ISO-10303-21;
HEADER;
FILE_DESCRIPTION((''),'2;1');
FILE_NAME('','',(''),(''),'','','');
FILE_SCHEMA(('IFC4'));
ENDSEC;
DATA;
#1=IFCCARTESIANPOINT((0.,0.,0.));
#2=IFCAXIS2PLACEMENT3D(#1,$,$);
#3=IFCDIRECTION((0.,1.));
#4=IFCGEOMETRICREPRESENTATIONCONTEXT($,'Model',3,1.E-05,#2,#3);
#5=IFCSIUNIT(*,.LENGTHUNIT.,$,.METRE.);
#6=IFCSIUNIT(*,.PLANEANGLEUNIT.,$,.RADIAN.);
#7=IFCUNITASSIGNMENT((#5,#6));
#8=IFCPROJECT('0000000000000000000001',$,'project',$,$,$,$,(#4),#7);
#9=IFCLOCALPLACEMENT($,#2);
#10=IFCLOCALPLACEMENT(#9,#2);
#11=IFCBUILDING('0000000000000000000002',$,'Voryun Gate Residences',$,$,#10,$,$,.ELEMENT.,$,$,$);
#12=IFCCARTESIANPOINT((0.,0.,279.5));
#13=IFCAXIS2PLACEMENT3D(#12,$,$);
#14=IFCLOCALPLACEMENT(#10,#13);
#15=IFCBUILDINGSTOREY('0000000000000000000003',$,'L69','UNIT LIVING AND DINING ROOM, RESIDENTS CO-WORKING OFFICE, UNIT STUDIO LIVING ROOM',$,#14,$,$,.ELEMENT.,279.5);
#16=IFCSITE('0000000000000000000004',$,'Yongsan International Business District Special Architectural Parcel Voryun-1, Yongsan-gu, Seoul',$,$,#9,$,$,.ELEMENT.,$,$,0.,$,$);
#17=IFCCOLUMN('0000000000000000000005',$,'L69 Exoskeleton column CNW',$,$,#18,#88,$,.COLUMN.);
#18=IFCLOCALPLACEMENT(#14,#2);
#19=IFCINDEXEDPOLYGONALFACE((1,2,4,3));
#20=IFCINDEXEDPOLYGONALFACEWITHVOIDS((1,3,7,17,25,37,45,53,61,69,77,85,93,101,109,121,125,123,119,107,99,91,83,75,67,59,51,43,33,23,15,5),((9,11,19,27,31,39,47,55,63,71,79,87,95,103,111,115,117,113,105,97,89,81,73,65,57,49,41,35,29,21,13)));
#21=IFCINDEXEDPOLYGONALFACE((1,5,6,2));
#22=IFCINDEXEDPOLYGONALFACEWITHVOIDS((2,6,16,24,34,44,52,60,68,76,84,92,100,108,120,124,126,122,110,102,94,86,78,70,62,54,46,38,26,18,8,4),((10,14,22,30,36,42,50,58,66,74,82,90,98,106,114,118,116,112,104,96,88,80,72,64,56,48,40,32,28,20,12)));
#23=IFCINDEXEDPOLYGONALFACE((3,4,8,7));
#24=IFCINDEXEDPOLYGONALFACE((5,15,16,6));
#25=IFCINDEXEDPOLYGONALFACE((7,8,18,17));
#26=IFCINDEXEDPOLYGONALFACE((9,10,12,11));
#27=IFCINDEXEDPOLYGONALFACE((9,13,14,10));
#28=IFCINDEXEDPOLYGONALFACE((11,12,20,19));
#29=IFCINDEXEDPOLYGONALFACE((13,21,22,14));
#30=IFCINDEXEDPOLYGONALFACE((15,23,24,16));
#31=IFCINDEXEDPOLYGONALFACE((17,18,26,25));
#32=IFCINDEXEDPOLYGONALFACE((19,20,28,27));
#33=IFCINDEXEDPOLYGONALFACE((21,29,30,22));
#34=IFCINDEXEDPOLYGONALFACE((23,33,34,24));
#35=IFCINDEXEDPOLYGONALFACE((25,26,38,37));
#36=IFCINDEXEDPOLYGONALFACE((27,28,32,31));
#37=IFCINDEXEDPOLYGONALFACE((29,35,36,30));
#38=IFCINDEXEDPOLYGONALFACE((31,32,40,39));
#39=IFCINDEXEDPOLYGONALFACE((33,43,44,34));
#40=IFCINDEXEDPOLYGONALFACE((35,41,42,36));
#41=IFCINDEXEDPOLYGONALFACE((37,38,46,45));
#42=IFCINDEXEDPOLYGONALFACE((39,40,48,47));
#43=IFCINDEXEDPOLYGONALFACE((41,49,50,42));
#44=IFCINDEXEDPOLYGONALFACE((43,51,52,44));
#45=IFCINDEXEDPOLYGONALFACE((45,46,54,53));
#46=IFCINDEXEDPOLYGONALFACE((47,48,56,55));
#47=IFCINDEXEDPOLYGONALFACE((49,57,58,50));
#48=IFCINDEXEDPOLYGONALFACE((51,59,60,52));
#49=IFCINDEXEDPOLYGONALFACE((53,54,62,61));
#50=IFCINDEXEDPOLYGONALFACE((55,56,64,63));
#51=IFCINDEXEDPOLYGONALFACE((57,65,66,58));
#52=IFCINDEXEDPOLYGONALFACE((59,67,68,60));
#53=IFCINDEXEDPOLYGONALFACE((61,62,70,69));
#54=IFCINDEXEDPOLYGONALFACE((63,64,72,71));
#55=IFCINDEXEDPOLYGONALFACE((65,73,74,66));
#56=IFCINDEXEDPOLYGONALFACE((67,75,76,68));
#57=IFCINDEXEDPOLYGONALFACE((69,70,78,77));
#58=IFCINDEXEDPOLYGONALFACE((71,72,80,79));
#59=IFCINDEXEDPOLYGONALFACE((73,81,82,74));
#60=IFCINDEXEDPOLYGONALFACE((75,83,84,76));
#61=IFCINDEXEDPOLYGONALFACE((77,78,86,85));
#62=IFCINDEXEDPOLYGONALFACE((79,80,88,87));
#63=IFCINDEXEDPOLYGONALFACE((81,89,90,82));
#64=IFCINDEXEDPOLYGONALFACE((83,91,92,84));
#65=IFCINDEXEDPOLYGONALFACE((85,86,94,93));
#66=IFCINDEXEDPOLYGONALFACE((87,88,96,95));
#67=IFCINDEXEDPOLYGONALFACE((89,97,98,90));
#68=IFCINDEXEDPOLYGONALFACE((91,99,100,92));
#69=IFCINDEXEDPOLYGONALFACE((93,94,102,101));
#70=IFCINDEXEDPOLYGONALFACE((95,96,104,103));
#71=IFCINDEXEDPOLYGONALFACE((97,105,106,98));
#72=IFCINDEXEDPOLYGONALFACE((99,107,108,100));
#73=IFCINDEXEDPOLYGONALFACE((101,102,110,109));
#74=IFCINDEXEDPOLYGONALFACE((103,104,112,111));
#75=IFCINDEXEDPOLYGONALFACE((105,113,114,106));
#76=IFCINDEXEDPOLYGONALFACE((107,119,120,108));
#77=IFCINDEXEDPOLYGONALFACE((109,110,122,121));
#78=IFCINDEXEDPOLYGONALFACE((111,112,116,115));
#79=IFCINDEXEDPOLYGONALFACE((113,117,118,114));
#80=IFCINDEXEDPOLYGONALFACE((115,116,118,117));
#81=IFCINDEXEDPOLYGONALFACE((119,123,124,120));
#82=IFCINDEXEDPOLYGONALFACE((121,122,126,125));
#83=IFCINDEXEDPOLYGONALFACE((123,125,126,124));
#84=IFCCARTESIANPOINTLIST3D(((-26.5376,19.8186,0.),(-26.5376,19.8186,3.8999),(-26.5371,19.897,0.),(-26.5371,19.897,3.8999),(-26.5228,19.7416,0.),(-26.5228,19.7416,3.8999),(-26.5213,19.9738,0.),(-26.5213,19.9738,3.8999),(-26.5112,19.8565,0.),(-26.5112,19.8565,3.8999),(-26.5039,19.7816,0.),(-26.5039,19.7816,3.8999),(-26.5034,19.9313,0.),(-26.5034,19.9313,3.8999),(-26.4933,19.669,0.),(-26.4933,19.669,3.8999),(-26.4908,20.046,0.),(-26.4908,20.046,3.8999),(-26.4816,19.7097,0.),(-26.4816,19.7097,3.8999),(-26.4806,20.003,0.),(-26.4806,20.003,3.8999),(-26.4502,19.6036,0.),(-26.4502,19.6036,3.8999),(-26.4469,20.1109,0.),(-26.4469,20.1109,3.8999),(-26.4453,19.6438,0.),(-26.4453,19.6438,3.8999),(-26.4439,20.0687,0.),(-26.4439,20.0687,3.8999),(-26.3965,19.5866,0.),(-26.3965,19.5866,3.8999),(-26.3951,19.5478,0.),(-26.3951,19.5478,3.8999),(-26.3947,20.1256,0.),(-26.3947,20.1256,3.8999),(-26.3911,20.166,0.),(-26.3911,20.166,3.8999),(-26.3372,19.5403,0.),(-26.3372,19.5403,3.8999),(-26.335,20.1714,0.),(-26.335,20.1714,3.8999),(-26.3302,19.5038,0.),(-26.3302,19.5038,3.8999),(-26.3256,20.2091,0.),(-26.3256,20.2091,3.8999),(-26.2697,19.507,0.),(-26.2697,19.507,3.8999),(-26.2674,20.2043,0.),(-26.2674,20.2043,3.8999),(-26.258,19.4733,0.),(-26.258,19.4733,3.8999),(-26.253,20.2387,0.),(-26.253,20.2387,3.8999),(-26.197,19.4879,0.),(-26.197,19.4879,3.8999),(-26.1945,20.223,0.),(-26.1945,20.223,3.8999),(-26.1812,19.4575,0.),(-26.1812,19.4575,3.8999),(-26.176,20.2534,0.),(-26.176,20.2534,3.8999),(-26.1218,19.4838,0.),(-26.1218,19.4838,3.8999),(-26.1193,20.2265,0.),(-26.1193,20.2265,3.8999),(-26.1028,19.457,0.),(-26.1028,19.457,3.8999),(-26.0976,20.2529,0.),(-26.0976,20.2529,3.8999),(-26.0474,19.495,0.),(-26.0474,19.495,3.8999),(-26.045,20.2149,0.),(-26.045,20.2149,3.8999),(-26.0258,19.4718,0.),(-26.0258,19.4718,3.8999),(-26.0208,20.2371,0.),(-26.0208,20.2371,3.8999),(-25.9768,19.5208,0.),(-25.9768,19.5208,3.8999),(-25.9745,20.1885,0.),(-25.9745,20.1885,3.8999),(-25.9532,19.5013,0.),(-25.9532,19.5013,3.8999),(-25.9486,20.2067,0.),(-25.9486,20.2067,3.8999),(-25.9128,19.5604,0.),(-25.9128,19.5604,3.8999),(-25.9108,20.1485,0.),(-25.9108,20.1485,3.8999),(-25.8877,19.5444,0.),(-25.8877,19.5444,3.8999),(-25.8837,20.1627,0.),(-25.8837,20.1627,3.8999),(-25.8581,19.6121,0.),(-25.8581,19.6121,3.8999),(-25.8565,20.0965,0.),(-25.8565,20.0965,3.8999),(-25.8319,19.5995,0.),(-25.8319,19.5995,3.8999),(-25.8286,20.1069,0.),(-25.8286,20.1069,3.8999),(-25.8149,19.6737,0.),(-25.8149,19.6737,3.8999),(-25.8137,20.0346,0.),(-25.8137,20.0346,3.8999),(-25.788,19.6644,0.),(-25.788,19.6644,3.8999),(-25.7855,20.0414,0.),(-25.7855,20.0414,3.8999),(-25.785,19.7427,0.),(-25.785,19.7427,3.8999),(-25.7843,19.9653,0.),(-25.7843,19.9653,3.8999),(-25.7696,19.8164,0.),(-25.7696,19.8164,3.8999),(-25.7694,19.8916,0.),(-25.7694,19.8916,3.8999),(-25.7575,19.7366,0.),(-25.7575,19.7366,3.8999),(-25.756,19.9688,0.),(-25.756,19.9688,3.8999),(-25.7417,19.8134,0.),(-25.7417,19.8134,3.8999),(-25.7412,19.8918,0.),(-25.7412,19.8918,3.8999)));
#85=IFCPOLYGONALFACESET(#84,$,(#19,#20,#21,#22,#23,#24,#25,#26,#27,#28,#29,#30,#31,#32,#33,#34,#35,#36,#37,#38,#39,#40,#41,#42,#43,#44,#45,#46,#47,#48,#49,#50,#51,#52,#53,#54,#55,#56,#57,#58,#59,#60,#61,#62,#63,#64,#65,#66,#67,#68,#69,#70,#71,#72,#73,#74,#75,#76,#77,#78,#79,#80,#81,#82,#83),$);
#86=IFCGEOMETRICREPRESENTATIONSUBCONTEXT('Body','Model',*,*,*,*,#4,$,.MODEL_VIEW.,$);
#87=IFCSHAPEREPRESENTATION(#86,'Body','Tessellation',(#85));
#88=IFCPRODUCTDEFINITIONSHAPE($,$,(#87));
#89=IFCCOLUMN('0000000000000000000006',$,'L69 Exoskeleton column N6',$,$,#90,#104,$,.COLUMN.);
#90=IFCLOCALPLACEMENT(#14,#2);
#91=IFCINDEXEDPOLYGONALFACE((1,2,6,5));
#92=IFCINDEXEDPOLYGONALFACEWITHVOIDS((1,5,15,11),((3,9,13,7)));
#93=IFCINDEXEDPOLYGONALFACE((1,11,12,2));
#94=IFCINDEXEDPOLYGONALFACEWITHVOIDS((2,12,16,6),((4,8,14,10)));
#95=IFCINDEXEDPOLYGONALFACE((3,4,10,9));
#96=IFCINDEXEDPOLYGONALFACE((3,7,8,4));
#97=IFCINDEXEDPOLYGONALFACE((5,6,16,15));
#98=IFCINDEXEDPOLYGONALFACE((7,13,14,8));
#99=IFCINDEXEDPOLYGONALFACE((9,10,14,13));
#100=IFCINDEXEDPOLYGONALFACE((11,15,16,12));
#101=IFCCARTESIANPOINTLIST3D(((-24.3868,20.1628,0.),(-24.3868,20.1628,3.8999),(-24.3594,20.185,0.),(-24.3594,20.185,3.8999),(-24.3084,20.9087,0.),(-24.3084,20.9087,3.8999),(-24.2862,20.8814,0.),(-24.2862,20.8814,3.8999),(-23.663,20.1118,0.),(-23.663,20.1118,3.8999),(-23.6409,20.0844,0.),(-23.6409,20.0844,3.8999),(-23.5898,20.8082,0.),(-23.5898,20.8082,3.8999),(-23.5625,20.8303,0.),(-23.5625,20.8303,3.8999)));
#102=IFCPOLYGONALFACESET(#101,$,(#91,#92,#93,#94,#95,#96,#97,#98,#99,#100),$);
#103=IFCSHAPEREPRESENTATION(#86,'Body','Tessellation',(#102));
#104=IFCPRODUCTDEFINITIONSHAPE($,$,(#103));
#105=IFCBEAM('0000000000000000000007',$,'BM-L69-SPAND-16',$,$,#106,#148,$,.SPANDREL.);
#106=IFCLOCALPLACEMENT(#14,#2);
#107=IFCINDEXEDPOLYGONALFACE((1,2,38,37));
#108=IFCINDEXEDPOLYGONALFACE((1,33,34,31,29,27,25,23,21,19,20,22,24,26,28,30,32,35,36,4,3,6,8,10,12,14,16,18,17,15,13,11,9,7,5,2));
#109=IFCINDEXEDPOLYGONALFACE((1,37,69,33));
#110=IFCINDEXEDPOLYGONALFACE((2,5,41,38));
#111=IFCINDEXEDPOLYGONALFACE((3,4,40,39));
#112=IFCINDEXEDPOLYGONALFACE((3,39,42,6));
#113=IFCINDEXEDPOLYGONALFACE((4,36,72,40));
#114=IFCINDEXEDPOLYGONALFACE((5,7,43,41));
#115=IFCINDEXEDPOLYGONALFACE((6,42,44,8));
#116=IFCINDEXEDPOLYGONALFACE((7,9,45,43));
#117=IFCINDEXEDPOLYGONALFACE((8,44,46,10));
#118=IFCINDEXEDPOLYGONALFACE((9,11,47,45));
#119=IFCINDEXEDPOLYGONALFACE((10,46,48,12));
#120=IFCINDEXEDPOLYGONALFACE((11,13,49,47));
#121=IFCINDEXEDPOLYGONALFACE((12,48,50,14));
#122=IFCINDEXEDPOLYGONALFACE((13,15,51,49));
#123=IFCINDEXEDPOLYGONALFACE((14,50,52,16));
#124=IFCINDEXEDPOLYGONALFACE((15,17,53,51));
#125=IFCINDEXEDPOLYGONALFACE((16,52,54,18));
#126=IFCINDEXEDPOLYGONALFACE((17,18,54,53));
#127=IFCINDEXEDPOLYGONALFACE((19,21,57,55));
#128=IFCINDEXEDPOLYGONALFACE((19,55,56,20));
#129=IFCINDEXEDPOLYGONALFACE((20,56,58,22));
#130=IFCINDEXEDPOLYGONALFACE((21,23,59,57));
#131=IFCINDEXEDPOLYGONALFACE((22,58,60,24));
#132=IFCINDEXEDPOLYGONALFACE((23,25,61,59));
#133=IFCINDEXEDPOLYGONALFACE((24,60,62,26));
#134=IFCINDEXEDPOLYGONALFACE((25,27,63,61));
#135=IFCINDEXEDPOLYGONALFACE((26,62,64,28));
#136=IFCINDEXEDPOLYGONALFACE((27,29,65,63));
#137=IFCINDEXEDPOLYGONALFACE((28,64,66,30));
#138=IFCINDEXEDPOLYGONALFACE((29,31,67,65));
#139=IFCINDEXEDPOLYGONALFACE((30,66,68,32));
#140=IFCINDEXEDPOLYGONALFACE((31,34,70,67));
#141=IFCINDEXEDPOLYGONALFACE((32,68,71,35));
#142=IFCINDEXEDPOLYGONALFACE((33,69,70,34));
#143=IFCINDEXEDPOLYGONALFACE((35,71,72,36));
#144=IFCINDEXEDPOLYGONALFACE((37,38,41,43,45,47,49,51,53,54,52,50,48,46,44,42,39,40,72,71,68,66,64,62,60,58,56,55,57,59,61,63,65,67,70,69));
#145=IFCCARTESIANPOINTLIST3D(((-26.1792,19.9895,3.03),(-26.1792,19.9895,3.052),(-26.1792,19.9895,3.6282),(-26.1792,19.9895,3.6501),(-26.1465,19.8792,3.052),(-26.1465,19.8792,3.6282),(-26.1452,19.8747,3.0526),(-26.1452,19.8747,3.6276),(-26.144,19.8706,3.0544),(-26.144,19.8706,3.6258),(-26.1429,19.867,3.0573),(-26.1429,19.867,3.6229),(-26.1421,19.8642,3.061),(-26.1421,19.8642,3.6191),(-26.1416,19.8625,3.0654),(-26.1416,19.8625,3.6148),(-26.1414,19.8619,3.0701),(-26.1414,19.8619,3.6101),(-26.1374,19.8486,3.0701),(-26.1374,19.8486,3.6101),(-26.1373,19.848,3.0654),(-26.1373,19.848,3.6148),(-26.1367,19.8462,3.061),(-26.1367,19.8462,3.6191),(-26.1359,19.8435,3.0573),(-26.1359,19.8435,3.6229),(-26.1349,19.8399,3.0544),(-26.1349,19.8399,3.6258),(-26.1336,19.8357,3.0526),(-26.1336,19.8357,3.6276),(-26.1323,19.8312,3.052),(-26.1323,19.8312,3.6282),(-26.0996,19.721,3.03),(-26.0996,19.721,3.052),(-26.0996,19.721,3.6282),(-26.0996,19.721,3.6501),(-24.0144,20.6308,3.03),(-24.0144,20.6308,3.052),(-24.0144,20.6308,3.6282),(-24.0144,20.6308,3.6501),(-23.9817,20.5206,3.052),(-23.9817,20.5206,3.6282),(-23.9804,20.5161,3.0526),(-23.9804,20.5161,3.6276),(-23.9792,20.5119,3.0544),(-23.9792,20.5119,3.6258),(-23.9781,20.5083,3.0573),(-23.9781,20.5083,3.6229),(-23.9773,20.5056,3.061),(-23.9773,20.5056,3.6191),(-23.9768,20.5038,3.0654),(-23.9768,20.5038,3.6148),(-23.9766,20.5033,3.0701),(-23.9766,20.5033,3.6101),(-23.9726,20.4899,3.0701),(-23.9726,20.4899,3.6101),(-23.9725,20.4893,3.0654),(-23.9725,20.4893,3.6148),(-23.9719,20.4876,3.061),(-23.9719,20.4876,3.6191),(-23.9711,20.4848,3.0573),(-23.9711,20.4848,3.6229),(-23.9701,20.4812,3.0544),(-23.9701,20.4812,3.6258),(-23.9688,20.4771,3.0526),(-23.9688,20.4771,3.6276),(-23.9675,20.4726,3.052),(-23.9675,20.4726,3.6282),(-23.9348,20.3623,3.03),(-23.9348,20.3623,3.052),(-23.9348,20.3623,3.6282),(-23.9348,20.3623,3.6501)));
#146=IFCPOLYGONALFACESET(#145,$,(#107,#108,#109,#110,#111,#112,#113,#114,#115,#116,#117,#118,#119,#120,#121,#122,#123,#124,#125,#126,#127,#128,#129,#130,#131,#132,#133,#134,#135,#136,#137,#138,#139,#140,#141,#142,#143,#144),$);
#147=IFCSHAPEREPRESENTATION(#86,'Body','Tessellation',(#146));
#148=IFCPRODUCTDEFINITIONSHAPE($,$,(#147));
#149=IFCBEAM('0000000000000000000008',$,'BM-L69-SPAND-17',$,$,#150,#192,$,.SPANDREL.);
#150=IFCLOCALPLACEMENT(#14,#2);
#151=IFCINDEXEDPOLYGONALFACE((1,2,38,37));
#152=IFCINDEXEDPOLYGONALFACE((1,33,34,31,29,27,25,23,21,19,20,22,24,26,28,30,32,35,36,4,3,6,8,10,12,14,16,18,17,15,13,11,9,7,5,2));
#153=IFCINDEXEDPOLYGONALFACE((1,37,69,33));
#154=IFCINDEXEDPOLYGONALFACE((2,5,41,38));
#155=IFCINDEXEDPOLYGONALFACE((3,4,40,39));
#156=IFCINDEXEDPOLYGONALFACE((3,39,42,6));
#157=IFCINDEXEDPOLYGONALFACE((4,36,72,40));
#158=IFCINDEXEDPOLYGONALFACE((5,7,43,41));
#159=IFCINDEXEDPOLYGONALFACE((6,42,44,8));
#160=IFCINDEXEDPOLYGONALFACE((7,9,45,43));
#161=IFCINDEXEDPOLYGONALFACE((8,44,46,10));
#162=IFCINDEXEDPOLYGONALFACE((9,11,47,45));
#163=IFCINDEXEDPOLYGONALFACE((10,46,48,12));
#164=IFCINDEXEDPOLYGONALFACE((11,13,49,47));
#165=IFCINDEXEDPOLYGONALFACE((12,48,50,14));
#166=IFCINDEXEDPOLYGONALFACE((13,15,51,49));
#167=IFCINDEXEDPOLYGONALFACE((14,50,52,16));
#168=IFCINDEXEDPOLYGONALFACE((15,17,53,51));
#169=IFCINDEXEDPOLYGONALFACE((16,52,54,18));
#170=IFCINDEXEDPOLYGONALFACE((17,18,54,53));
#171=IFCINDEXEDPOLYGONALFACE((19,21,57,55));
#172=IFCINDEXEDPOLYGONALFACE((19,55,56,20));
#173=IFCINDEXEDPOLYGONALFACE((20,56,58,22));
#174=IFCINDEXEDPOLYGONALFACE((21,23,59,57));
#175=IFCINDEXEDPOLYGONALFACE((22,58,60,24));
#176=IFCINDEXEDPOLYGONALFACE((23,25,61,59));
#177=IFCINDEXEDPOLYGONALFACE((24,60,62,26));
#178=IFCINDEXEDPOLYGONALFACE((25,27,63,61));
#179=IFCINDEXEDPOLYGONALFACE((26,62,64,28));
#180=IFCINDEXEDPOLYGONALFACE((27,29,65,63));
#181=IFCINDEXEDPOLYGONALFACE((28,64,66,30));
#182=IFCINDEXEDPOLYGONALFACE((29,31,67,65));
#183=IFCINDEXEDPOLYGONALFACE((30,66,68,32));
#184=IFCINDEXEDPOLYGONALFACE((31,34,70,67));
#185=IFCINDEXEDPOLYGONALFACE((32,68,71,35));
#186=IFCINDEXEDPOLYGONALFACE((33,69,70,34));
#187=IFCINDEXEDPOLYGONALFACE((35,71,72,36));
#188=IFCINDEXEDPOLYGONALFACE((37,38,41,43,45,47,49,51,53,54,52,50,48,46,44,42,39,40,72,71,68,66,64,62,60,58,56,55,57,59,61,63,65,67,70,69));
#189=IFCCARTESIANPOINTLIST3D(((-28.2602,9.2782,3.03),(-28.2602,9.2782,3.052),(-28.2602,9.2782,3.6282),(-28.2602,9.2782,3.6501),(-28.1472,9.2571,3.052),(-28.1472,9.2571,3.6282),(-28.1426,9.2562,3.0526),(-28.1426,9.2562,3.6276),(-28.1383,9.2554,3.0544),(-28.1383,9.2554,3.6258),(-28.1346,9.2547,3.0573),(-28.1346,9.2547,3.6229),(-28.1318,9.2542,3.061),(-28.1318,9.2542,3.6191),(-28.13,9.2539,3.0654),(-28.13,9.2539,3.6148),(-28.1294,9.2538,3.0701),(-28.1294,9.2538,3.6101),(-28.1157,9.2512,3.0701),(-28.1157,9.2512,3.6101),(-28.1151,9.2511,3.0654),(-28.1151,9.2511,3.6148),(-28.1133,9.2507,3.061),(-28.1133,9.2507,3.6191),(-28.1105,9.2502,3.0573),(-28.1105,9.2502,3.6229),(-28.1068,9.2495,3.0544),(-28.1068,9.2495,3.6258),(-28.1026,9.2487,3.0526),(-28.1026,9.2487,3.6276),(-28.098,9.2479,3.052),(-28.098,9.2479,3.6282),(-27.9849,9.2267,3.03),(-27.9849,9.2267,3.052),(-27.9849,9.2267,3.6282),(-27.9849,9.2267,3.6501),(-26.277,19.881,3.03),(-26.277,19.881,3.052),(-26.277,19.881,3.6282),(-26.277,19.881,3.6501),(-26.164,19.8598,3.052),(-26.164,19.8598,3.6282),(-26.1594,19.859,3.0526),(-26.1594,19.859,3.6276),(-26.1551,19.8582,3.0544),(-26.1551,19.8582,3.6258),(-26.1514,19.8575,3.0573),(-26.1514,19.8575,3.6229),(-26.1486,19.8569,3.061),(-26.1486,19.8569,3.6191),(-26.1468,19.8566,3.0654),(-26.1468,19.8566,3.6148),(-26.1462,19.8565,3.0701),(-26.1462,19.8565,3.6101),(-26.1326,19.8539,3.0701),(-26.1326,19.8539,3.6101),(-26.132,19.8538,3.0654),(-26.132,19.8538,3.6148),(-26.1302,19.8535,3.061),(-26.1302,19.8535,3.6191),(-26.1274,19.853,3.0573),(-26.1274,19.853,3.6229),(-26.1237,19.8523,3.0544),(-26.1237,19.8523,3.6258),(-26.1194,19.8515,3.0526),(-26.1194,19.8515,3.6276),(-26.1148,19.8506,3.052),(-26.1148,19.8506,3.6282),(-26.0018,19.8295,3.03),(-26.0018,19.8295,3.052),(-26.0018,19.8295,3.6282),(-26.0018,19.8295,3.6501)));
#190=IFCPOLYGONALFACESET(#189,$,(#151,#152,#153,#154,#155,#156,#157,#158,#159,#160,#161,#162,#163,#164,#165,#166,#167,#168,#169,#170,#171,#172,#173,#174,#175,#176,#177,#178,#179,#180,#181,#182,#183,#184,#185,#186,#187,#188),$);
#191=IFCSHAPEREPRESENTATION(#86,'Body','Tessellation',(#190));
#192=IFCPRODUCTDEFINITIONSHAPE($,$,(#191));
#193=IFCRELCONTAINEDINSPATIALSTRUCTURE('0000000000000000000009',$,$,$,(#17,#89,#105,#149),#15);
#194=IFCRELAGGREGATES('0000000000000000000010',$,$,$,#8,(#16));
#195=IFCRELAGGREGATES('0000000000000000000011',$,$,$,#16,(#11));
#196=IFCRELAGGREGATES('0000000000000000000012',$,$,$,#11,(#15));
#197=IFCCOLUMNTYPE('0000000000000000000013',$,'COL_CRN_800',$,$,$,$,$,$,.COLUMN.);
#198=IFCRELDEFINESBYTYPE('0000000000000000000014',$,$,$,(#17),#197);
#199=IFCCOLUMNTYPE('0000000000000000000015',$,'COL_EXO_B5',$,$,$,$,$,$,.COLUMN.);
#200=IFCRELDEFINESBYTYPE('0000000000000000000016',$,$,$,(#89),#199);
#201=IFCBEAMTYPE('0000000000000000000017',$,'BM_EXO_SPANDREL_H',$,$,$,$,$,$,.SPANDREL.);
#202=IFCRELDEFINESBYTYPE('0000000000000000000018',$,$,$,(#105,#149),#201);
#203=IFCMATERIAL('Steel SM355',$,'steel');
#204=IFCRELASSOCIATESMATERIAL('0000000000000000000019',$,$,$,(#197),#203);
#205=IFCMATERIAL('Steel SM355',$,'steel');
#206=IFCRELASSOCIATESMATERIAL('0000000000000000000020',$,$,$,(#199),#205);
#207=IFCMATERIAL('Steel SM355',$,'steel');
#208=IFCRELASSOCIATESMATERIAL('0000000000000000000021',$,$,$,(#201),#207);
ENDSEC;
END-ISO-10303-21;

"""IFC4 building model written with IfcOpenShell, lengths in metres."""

from ifc_helpers import new_model, si_unit, direction, frame, origin, origin_2d, place, context, subcontext, project, spatial, hollow_rectangle, hollow_circle, i_section, extrude, material, material_profile, profile_set, type_object, element, save


model = new_model("IFC4")

# Units and contexts
model_context = context("Model", 3, precision=1e-05, world=origin(), true_north=direction((0.0, 1.0)))
body_context = subcontext(model_context, "Body", "Model", "MODEL_VIEW")
ifc_project = project(units=[si_unit("LENGTHUNIT", "METRE"), si_unit("PLANEANGLEUNIT", "RADIAN")], contexts=[model_context])

# Site, building, storey
site_placement = place(None, origin())
site = spatial("IfcSite", under=ifc_project, at=site_placement, Name="Yongsan International Business District Special Architectural Parcel Voryun-1, Yongsan-gu, Seoul", CompositionType="ELEMENT", RefElevation=0.0)
building_placement = place(site_placement, origin())
building = spatial("IfcBuilding", under=site, at=building_placement, Name="Voryun Gate Residences", CompositionType="ELEMENT")
storey_placement = place(building_placement, frame((0.0, 0.0, 279.5)))
storey = spatial("IfcBuildingStorey", under=building, at=storey_placement, Name="L69", Description="UNIT LIVING AND DINING ROOM, RESIDENTS CO-WORKING OFFICE, UNIT STUDIO LIVING ROOM", CompositionType="ELEMENT", Elevation=279.5)

# Columns
ifc_material_1 = material(Name="Steel SM355", Category="steel")
ifc_material_profile_1 = material_profile(ifc_material_1, hollow_circle(Radius=0.3999, WallThickness=0.0281, at=origin_2d()), Name="CHS-800x28")
ifc_profile_set_1 = profile_set([ifc_material_profile_1], Name="Steel SM355")
column_type_1 = type_object("IfcColumnType", Name="COL_CRN_800", PredefinedType="COLUMN", material=ifc_profile_set_1)
column_1_placement = place(storey_placement, frame((-26.1394, 19.8552, 0.0), z_axis=(0.0, 0.0, 1.0), x_axis=(0.994522, -0.104528, 0.0)))
element("IfcColumn", 1, at=column_1_placement, inside=storey, type_object=column_type_1, Name="L69 Exoskeleton column CNW", PredefinedType="COLUMN", context=body_context, shape_type="SweptSolid", body=[
    extrude(hollow_circle(Radius=0.3999, WallThickness=0.0281, at=origin_2d()), origin(), (0.0, 0.0, 1.0), 3.8999),
])
ifc_material_2 = material(Name="Steel SM355", Category="steel")
ifc_material_profile_2 = material_profile(ifc_material_2, hollow_rectangle(XDim=0.75, YDim=0.75, WallThickness=0.0249, at=origin_2d()), Name="BOX-750x750x25")
ifc_profile_set_2 = profile_set([ifc_material_profile_2], Name="Steel SM355")
column_type_2 = type_object("IfcColumnType", Name="COL_EXO_B5", PredefinedType="COLUMN", material=ifc_profile_set_2)
column_2_placement = place(storey_placement, frame((-23.9746, 20.4966, 0.0), z_axis=(0.0, 0.0, 1.0), x_axis=(0.994522, -0.104528, 0.0)))
element("IfcColumn", 2, at=column_2_placement, inside=storey, type_object=column_type_2, Name="L69 Exoskeleton column N6", PredefinedType="COLUMN", context=body_context, shape_type="SweptSolid", body=[
    extrude(hollow_rectangle(XDim=0.75, YDim=0.75, WallThickness=0.0249, at=origin_2d()), origin(), (0.0, 0.0, 1.0), 3.8999),
])

# Beams
ifc_material_3 = material(Name="Steel SM355", Category="steel")
ifc_material_profile_3 = material_profile(ifc_material_3, i_section(OverallWidth=0.28, OverallDepth=0.6201, WebThickness=0.0139, FlangeThickness=0.022, FilletRadius=0.0181, at=origin_2d()), Name="H-620x280x14x22")
ifc_profile_set_3 = profile_set([ifc_material_profile_3], Name="Steel SM355")
beam_type = type_object("IfcBeamType", Name="BM_EXO_SPANDREL_H", PredefinedType="SPANDREL", material=ifc_profile_set_3)
beam_1_placement = place(storey_placement, frame((-23.9746, 20.4966, 3.3401), z_axis=(-0.958806, -0.284063, 0.0), x_axis=(0.284063, -0.958806, 0.0)))
element("IfcBeam", 3, at=beam_1_placement, inside=storey, type_object=beam_type, Name="BM-L69-SPAND-16", PredefinedType="SPANDREL", context=body_context, shape_type="SweptSolid", body=[
    extrude(i_section(OverallWidth=0.28, OverallDepth=0.6201, WebThickness=0.0139, FlangeThickness=0.022, FilletRadius=0.0181, at=origin_2d()), origin(), (0.0, 0.0, 1.0), 2.2578),
])
beam_2_placement = place(storey_placement, frame((-26.1394, 19.8552, 3.3401), z_axis=(-0.183853, -0.982954, 0.0), x_axis=(0.982954, -0.183853, 0.0)))
element("IfcBeam", 4, at=beam_2_placement, inside=storey, type_object=beam_type, Name="BM-L69-SPAND-17", PredefinedType="SPANDREL", context=body_context, shape_type="SweptSolid", body=[
    extrude(i_section(OverallWidth=0.28, OverallDepth=0.6201, WebThickness=0.0139, FlangeThickness=0.022, FilletRadius=0.0181, at=origin_2d()), origin(), (0.0, 0.0, 1.0), 10.7866),
])

save(model, "model.ifc")
